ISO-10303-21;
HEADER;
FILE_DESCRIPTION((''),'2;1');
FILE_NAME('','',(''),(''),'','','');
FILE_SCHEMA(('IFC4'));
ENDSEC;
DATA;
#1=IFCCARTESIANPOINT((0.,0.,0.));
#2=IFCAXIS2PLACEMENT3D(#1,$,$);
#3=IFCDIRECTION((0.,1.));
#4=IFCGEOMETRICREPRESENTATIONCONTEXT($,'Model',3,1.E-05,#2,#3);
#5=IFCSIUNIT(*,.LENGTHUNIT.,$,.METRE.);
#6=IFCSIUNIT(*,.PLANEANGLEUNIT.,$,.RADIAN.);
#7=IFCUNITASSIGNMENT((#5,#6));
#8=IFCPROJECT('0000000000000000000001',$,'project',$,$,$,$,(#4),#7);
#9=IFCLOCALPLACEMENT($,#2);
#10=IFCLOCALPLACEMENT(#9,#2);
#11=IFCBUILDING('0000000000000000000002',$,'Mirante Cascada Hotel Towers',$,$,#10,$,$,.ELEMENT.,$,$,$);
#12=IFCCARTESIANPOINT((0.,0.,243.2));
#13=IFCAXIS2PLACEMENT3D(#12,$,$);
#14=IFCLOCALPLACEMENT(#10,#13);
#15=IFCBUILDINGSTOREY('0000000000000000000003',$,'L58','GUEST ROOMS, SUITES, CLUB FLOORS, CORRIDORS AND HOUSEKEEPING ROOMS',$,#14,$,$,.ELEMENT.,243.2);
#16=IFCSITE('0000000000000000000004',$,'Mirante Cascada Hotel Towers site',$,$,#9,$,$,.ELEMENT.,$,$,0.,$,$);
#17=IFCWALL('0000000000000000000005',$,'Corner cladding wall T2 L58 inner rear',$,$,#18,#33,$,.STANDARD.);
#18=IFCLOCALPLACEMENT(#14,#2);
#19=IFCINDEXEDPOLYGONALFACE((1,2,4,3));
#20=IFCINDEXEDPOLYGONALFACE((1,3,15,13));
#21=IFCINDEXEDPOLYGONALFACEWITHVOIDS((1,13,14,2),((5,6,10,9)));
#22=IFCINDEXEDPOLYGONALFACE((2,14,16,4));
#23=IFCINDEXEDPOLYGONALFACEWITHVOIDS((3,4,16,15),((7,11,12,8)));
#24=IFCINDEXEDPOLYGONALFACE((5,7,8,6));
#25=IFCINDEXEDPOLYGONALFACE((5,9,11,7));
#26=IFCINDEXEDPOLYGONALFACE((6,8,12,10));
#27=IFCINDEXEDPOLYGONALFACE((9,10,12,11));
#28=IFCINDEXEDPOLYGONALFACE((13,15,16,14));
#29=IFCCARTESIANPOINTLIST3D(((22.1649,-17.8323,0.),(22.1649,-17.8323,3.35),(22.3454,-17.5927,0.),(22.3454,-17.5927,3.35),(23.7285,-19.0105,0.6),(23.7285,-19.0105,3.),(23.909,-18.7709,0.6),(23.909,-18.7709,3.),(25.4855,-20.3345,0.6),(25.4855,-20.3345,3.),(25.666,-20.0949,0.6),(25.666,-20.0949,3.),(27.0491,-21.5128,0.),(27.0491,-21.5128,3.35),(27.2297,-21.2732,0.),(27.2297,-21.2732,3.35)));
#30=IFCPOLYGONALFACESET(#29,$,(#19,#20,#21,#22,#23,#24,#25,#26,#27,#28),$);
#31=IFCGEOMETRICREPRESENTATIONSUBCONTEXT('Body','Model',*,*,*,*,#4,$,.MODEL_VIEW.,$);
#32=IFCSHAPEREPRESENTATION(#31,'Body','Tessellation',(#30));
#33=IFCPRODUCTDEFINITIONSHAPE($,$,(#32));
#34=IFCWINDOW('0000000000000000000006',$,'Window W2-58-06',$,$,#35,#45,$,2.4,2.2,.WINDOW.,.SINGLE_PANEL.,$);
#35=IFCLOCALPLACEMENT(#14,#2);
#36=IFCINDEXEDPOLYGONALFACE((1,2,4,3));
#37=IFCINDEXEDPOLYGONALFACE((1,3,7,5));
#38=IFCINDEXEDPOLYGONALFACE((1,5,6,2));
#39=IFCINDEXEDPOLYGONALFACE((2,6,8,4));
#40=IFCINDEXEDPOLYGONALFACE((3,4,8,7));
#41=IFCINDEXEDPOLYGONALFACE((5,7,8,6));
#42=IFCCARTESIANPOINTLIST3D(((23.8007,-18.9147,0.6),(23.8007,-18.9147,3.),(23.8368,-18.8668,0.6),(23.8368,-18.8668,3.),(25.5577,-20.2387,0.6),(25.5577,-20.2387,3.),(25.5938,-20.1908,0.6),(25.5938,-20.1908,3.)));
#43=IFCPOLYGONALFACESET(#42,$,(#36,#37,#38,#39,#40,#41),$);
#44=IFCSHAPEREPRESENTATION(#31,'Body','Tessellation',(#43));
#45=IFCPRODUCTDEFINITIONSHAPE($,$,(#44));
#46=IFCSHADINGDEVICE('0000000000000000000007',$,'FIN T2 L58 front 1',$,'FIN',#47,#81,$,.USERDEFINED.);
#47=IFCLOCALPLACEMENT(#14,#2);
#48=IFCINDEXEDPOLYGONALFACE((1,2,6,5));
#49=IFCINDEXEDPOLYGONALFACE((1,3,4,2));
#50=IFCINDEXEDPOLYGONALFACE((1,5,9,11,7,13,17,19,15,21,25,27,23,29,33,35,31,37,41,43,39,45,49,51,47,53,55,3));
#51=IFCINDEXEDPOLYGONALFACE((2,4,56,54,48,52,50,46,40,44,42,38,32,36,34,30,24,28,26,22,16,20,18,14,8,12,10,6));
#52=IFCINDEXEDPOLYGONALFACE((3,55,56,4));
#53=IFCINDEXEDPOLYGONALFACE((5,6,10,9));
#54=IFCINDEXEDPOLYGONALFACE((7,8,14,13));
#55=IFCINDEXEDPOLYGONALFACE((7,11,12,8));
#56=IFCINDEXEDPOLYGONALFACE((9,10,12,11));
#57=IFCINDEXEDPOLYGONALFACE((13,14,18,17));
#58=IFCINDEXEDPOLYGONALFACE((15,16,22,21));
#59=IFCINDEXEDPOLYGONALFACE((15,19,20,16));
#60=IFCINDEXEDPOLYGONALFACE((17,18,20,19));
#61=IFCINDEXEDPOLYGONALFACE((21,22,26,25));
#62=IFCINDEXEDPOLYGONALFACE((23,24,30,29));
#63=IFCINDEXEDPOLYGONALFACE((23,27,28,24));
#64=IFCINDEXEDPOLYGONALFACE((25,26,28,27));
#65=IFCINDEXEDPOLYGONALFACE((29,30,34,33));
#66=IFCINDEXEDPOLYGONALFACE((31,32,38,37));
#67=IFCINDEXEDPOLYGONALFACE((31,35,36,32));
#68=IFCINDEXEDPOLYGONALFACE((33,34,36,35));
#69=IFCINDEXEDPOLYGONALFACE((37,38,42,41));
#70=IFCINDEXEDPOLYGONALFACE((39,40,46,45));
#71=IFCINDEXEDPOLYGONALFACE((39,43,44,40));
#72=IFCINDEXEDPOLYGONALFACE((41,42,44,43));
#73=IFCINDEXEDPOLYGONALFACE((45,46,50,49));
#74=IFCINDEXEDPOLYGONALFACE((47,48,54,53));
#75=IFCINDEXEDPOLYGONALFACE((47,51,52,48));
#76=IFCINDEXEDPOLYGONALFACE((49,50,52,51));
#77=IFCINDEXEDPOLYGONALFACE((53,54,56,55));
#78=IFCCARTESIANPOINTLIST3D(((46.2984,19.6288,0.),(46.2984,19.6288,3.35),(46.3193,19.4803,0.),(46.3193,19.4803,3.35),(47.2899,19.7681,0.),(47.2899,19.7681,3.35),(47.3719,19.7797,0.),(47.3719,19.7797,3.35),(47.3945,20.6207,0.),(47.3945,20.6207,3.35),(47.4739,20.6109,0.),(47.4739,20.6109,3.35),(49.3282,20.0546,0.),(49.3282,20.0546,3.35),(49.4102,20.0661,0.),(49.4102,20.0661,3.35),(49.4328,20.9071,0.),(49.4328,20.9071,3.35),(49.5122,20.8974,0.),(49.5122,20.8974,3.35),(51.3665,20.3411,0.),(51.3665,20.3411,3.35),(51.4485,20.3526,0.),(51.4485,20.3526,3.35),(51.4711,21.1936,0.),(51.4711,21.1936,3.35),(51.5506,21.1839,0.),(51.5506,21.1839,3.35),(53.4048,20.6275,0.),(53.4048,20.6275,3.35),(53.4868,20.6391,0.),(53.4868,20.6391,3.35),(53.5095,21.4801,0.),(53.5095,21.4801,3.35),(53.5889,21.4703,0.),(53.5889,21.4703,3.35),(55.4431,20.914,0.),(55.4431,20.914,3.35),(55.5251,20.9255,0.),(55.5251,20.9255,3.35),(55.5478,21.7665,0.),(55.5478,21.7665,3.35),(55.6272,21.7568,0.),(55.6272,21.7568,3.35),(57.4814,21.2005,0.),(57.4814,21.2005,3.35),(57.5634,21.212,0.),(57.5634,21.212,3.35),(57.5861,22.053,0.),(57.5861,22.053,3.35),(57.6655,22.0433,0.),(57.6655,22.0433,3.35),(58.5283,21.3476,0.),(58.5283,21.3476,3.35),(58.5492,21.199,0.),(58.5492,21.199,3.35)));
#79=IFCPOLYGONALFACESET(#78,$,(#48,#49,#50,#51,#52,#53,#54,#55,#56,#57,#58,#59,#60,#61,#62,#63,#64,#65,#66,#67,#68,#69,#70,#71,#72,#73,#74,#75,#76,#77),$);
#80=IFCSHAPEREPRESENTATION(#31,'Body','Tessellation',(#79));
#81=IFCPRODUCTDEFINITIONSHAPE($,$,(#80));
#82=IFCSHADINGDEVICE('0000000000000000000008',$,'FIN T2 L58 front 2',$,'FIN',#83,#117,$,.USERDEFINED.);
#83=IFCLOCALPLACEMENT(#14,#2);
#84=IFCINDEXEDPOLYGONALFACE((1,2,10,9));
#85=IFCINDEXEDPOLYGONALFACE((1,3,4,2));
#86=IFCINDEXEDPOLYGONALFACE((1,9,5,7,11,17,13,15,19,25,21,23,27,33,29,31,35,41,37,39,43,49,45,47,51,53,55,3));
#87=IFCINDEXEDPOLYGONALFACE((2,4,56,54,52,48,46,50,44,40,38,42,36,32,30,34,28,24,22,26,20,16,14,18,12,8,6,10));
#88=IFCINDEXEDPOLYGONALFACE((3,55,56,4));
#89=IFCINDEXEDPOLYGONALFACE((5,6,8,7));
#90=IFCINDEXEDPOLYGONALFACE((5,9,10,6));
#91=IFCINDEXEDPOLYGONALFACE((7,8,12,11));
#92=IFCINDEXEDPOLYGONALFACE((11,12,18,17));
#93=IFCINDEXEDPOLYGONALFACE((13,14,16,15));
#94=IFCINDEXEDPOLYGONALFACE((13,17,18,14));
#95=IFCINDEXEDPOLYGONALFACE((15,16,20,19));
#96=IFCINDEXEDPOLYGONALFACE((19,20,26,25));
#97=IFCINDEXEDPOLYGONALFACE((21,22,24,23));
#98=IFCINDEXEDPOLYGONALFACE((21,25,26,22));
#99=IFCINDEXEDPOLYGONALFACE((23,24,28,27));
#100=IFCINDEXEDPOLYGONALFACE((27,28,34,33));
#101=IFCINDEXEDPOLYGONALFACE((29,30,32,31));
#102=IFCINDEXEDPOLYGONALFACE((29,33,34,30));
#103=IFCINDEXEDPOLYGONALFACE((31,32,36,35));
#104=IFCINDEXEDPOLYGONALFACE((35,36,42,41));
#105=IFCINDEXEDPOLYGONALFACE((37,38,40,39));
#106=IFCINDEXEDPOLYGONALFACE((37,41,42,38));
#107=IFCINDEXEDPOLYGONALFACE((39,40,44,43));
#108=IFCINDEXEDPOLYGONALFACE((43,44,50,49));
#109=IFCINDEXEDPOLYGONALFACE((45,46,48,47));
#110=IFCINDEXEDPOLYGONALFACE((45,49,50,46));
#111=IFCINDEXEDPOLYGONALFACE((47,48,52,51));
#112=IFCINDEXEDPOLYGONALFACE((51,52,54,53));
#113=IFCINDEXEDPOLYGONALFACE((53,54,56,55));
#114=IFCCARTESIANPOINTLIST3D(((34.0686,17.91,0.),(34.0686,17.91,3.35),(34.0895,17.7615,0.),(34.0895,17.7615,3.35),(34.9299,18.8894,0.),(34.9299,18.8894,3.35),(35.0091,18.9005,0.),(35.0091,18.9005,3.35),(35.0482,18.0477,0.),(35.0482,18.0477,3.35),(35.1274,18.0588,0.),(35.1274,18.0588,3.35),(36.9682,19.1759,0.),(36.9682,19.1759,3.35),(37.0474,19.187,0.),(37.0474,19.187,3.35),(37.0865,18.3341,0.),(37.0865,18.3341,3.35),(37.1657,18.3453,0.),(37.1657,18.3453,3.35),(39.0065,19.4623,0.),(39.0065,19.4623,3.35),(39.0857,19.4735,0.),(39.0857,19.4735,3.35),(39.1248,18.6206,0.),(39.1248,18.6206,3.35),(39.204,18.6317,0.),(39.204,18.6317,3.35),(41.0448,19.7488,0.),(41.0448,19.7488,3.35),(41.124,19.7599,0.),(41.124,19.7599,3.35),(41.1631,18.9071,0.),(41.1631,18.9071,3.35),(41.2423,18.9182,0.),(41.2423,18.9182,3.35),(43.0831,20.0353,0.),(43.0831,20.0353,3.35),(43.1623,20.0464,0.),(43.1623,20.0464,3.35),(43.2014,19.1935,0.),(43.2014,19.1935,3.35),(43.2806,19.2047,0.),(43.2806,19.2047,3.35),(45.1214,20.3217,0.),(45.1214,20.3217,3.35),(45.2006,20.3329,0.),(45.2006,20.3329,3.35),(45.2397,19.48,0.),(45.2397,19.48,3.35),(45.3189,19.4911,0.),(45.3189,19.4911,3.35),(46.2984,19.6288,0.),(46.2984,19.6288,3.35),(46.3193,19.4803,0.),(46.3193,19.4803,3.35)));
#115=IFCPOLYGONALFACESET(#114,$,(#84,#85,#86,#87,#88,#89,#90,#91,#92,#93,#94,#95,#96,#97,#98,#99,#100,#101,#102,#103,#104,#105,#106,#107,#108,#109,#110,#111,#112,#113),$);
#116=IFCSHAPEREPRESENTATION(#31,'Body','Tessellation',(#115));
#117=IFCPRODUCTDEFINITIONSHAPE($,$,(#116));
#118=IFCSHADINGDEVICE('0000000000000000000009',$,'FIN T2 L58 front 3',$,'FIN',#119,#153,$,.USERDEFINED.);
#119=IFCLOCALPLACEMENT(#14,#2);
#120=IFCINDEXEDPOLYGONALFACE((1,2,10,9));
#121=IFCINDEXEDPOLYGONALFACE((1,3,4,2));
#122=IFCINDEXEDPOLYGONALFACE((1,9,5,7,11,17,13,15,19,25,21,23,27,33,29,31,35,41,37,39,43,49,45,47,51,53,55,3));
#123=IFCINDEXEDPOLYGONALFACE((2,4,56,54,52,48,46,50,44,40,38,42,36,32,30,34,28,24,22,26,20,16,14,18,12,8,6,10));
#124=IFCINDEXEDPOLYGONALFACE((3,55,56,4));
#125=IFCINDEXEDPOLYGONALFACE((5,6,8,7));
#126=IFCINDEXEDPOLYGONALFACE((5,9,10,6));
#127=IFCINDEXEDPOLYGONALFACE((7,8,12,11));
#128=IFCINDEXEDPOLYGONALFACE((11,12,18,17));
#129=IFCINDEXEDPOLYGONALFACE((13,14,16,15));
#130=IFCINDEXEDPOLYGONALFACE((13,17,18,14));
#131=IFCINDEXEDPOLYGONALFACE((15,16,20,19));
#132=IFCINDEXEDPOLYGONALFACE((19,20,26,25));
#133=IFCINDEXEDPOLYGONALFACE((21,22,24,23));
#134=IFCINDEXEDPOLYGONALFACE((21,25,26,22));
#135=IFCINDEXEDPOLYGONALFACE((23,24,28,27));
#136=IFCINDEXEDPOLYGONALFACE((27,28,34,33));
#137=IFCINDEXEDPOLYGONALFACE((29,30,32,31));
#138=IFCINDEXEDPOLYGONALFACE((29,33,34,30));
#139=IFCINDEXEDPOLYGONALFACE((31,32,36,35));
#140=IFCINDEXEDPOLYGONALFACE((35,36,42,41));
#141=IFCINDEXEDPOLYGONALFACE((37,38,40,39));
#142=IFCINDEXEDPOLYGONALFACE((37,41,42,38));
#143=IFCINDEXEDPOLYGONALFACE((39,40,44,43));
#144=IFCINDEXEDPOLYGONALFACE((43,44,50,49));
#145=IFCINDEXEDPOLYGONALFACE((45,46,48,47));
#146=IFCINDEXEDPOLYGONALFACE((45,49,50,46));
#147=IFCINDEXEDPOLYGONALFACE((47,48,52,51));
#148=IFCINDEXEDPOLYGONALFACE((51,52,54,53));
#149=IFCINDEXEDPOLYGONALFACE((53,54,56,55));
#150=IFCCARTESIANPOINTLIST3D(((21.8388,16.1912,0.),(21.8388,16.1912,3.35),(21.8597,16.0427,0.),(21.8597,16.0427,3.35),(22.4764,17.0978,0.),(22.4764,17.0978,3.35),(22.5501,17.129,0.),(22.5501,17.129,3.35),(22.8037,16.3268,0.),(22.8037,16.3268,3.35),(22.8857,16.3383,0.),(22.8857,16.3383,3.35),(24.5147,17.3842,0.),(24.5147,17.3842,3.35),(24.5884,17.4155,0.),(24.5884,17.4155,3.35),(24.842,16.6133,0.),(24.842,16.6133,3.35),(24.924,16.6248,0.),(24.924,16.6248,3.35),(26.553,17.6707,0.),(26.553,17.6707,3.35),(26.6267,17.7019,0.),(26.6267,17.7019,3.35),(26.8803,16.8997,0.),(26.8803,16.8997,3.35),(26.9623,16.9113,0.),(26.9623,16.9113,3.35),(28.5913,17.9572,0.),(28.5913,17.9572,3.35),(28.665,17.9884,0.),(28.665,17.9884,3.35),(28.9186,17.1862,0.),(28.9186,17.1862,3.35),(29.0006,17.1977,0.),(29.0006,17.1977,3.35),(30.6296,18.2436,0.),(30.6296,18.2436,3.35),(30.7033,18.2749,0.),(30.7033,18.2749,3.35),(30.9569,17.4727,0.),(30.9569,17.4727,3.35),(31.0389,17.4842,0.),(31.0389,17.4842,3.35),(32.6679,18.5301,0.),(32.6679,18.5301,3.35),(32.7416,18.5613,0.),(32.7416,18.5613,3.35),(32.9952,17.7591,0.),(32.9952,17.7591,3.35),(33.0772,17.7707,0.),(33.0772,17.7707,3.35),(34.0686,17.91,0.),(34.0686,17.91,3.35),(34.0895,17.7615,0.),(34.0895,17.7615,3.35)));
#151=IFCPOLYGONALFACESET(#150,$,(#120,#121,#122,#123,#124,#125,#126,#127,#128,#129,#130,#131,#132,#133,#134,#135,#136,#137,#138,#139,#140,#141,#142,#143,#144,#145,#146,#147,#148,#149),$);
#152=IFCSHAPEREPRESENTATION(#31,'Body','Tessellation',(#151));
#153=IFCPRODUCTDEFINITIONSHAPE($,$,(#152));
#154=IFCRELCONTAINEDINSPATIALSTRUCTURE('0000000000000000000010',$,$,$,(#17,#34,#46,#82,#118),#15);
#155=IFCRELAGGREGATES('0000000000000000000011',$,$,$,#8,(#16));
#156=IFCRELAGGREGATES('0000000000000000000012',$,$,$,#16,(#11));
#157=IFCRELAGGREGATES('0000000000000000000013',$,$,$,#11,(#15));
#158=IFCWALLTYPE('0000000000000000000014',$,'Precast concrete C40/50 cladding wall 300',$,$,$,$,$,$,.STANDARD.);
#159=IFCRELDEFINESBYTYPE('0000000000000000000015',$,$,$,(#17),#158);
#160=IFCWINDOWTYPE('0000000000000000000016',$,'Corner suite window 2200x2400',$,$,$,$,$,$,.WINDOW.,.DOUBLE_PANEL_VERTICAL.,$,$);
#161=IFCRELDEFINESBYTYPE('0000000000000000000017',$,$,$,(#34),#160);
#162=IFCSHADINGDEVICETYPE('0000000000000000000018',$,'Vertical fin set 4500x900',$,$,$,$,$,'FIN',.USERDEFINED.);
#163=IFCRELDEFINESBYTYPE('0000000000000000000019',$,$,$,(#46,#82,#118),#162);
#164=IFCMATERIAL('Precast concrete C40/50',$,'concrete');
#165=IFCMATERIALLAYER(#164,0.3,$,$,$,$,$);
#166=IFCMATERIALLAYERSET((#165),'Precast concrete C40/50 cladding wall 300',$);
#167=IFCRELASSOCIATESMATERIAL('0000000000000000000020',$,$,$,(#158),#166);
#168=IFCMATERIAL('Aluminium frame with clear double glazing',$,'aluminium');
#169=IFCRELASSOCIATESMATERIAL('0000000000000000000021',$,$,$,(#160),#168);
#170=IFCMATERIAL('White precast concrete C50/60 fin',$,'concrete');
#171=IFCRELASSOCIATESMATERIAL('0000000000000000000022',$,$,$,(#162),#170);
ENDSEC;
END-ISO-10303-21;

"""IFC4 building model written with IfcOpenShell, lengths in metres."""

from ifc_helpers import new_model, si_unit, direction, frame, frame_2d, origin, place, context, subcontext, project, spatial, polyline, rectangle, outline, extrude, material, layer, layer_set, type_object, element, fill, save


model = new_model("IFC4")

# Units and contexts
model_context = context("Model", 3, precision=1e-05, world=origin(), true_north=direction((0.0, 1.0)))
body_context = subcontext(model_context, "Body", "Model", "MODEL_VIEW")
ifc_project = project(units=[si_unit("LENGTHUNIT", "METRE"), si_unit("PLANEANGLEUNIT", "RADIAN")], contexts=[model_context])

# Site, building, storey
site_placement = place(None, origin())
site = spatial("IfcSite", under=ifc_project, at=site_placement, Name="Mirante Cascada Hotel Towers site", CompositionType="ELEMENT", RefElevation=0.0)
building_placement = place(site_placement, origin())
building = spatial("IfcBuilding", under=site, at=building_placement, Name="Mirante Cascada Hotel Towers", CompositionType="ELEMENT")
storey_placement = place(building_placement, frame((0.0, 0.0, 243.2)))
storey = spatial("IfcBuildingStorey", under=building, at=storey_placement, Name="L58", Description="GUEST ROOMS, SUITES, CLUB FLOORS, CORRIDORS AND HOUSEKEEPING ROOMS", CompositionType="ELEMENT", Elevation=243.2)

# Wall, opening, window
ifc_material_1 = material(Name="Precast concrete C40/50", Category="concrete")
ifc_layer_1 = layer(ifc_material_1, 0.3)
ifc_layer_set_1 = layer_set([ifc_layer_1], Name="Precast concrete C40/50 cladding wall 300")
wall_type_1 = type_object("IfcWallType", Name="Precast concrete C40/50 cladding wall 300", PredefinedType="STANDARD", material=ifc_layer_set_1)
wall_1_placement = place(storey_placement, frame((22.2552, -17.7125, 0.0), z_axis=(0.0, 0.0, 1.0), x_axis=(0.798636, -0.601814, 0.0)))
wall_1 = element("IfcWall", 1, at=wall_1_placement, inside=storey, type_object=wall_type_1, Name="Corner cladding wall T2 L58 inner rear", PredefinedType="STANDARD", context=body_context, shape_type="SweptSolid", body=[
    extrude(rectangle(XDim=6.1157, YDim=0.3, at=frame_2d((3.0578, 0.0))), origin(), (0.0, 0.0, 1.0), 3.35),
])
opening_1_placement = place(wall_1_placement, frame((1.9578, 0.0, 0.6)))
opening_1 = element("IfcOpeningElement", 2, at=opening_1_placement, cuts=wall_1, PredefinedType="OPENING", context=body_context, shape_type="SweptSolid", body=[
    extrude(rectangle(XDim=2.2, YDim=2.4, at=frame_2d((1.1, 1.2))), frame((0.0, 0.15, 0.0), z_axis=(0.0, -1.0, 0.0), x_axis=(1.0, 0.0, 0.0)), (0.0, 0.0, 1.0), 0.3),
])
ifc_material_2 = material(Name="Aluminium frame with clear double glazing", Category="aluminium")
window_type = type_object("IfcWindowType", Name="Corner suite window 2200x2400", PartitioningType="DOUBLE_PANEL_VERTICAL", PredefinedType="WINDOW", material=ifc_material_2)
window_placement = place(opening_1_placement, origin())
window = element("IfcWindow", 3, at=window_placement, inside=storey, type_object=window_type, Name="Window W2-58-06", OverallHeight=2.4, OverallWidth=2.2, PartitioningType="SINGLE_PANEL", PredefinedType="WINDOW", context=body_context, shape_type="SweptSolid", body=[
    extrude(rectangle(XDim=2.2, YDim=2.4, at=frame_2d((1.1, 1.2))), frame((0.0, 0.03, 0.0), z_axis=(0.0, -1.0, 0.0), x_axis=(1.0, 0.0, 0.0)), (0.0, 0.0, 1.0), 0.06),
])
fill(opening_1, window)

# Shading devices
ifc_material_3 = material(Name="White precast concrete C50/60 fin", Category="concrete")
shading_device_type = type_object("IfcShadingDeviceType", Name="Vertical fin set 4500x900", ElementType="FIN", PredefinedType="USERDEFINED", material=ifc_material_3)
shading_device_1_placement = place(storey_placement, origin())
element("IfcShadingDevice", 4, at=shading_device_1_placement, inside=storey, type_object=shading_device_type, Name="FIN T2 L58 front 1", ObjectType="FIN", PredefinedType="USERDEFINED", context=body_context, shape_type="SweptSolid", body=[
    extrude(outline(polyline([(47.4739, 20.6109), (47.3719, 19.7797), (49.3282, 20.0546), (49.4328, 20.9071), (49.5122, 20.8974), (49.4102, 20.0661), (51.3665, 20.3411), (51.4711, 21.1936), (51.5506, 21.1839), (51.4485, 20.3526), (53.4048, 20.6275), (53.5095, 21.4801), (53.5889, 21.4703), (53.4868, 20.6391), (55.4431, 20.914), (55.5478, 21.7665), (55.6272, 21.7568), (55.5251, 20.9255), (57.4814, 21.2005), (57.5861, 22.053), (57.6655, 22.0433), (57.5634, 21.212), (58.5283, 21.3476), (58.5492, 21.199), (46.3193, 19.4803), (46.2984, 19.6288), (47.2899, 19.7681), (47.3945, 20.6207), (47.4739, 20.6109)])), origin(), (0.0, 0.0, 1.0), 3.35),
])
shading_device_2_placement = place(storey_placement, origin())
element("IfcShadingDevice", 5, at=shading_device_2_placement, inside=storey, type_object=shading_device_type, Name="FIN T2 L58 front 2", ObjectType="FIN", PredefinedType="USERDEFINED", context=body_context, shape_type="SweptSolid", body=[
    extrude(outline(polyline([(35.0091, 18.9005), (35.1274, 18.0588), (37.0865, 18.3341), (36.9682, 19.1759), (37.0474, 19.187), (37.1657, 18.3453), (39.1248, 18.6206), (39.0065, 19.4623), (39.0857, 19.4735), (39.204, 18.6317), (41.1631, 18.9071), (41.0448, 19.7488), (41.124, 19.7599), (41.2423, 18.9182), (43.2014, 19.1935), (43.0831, 20.0353), (43.1623, 20.0464), (43.2806, 19.2047), (45.2397, 19.48), (45.1214, 20.3217), (45.2006, 20.3329), (45.3189, 19.4911), (46.2984, 19.6288), (46.3193, 19.4803), (34.0895, 17.7615), (34.0686, 17.91), (35.0482, 18.0477), (34.9299, 18.8894), (35.0091, 18.9005)])), origin(), (0.0, 0.0, 1.0), 3.35),
])
shading_device_3_placement = place(storey_placement, origin())
element("IfcShadingDevice", 6, at=shading_device_3_placement, inside=storey, type_object=shading_device_type, Name="FIN T2 L58 front 3", ObjectType="FIN", PredefinedType="USERDEFINED", context=body_context, shape_type="SweptSolid", body=[
    extrude(outline(polyline([(22.5501, 17.129), (22.8857, 16.3383), (24.842, 16.6133), (24.5147, 17.3842), (24.5884, 17.4155), (24.924, 16.6248), (26.8803, 16.8997), (26.553, 17.6707), (26.6267, 17.7019), (26.9623, 16.9113), (28.9186, 17.1862), (28.5913, 17.9572), (28.665, 17.9884), (29.0006, 17.1977), (30.9569, 17.4727), (30.6296, 18.2436), (30.7033, 18.2749), (31.0389, 17.4842), (32.9952, 17.7591), (32.6679, 18.5301), (32.7416, 18.5613), (33.0772, 17.7707), (34.0686, 17.91), (34.0895, 17.7615), (21.8597, 16.0427), (21.8388, 16.1912), (22.8037, 16.3268), (22.4764, 17.0978), (22.5501, 17.129)])), origin(), (0.0, 0.0, 1.0), 3.35),
])

save(model, "model.ifc")
